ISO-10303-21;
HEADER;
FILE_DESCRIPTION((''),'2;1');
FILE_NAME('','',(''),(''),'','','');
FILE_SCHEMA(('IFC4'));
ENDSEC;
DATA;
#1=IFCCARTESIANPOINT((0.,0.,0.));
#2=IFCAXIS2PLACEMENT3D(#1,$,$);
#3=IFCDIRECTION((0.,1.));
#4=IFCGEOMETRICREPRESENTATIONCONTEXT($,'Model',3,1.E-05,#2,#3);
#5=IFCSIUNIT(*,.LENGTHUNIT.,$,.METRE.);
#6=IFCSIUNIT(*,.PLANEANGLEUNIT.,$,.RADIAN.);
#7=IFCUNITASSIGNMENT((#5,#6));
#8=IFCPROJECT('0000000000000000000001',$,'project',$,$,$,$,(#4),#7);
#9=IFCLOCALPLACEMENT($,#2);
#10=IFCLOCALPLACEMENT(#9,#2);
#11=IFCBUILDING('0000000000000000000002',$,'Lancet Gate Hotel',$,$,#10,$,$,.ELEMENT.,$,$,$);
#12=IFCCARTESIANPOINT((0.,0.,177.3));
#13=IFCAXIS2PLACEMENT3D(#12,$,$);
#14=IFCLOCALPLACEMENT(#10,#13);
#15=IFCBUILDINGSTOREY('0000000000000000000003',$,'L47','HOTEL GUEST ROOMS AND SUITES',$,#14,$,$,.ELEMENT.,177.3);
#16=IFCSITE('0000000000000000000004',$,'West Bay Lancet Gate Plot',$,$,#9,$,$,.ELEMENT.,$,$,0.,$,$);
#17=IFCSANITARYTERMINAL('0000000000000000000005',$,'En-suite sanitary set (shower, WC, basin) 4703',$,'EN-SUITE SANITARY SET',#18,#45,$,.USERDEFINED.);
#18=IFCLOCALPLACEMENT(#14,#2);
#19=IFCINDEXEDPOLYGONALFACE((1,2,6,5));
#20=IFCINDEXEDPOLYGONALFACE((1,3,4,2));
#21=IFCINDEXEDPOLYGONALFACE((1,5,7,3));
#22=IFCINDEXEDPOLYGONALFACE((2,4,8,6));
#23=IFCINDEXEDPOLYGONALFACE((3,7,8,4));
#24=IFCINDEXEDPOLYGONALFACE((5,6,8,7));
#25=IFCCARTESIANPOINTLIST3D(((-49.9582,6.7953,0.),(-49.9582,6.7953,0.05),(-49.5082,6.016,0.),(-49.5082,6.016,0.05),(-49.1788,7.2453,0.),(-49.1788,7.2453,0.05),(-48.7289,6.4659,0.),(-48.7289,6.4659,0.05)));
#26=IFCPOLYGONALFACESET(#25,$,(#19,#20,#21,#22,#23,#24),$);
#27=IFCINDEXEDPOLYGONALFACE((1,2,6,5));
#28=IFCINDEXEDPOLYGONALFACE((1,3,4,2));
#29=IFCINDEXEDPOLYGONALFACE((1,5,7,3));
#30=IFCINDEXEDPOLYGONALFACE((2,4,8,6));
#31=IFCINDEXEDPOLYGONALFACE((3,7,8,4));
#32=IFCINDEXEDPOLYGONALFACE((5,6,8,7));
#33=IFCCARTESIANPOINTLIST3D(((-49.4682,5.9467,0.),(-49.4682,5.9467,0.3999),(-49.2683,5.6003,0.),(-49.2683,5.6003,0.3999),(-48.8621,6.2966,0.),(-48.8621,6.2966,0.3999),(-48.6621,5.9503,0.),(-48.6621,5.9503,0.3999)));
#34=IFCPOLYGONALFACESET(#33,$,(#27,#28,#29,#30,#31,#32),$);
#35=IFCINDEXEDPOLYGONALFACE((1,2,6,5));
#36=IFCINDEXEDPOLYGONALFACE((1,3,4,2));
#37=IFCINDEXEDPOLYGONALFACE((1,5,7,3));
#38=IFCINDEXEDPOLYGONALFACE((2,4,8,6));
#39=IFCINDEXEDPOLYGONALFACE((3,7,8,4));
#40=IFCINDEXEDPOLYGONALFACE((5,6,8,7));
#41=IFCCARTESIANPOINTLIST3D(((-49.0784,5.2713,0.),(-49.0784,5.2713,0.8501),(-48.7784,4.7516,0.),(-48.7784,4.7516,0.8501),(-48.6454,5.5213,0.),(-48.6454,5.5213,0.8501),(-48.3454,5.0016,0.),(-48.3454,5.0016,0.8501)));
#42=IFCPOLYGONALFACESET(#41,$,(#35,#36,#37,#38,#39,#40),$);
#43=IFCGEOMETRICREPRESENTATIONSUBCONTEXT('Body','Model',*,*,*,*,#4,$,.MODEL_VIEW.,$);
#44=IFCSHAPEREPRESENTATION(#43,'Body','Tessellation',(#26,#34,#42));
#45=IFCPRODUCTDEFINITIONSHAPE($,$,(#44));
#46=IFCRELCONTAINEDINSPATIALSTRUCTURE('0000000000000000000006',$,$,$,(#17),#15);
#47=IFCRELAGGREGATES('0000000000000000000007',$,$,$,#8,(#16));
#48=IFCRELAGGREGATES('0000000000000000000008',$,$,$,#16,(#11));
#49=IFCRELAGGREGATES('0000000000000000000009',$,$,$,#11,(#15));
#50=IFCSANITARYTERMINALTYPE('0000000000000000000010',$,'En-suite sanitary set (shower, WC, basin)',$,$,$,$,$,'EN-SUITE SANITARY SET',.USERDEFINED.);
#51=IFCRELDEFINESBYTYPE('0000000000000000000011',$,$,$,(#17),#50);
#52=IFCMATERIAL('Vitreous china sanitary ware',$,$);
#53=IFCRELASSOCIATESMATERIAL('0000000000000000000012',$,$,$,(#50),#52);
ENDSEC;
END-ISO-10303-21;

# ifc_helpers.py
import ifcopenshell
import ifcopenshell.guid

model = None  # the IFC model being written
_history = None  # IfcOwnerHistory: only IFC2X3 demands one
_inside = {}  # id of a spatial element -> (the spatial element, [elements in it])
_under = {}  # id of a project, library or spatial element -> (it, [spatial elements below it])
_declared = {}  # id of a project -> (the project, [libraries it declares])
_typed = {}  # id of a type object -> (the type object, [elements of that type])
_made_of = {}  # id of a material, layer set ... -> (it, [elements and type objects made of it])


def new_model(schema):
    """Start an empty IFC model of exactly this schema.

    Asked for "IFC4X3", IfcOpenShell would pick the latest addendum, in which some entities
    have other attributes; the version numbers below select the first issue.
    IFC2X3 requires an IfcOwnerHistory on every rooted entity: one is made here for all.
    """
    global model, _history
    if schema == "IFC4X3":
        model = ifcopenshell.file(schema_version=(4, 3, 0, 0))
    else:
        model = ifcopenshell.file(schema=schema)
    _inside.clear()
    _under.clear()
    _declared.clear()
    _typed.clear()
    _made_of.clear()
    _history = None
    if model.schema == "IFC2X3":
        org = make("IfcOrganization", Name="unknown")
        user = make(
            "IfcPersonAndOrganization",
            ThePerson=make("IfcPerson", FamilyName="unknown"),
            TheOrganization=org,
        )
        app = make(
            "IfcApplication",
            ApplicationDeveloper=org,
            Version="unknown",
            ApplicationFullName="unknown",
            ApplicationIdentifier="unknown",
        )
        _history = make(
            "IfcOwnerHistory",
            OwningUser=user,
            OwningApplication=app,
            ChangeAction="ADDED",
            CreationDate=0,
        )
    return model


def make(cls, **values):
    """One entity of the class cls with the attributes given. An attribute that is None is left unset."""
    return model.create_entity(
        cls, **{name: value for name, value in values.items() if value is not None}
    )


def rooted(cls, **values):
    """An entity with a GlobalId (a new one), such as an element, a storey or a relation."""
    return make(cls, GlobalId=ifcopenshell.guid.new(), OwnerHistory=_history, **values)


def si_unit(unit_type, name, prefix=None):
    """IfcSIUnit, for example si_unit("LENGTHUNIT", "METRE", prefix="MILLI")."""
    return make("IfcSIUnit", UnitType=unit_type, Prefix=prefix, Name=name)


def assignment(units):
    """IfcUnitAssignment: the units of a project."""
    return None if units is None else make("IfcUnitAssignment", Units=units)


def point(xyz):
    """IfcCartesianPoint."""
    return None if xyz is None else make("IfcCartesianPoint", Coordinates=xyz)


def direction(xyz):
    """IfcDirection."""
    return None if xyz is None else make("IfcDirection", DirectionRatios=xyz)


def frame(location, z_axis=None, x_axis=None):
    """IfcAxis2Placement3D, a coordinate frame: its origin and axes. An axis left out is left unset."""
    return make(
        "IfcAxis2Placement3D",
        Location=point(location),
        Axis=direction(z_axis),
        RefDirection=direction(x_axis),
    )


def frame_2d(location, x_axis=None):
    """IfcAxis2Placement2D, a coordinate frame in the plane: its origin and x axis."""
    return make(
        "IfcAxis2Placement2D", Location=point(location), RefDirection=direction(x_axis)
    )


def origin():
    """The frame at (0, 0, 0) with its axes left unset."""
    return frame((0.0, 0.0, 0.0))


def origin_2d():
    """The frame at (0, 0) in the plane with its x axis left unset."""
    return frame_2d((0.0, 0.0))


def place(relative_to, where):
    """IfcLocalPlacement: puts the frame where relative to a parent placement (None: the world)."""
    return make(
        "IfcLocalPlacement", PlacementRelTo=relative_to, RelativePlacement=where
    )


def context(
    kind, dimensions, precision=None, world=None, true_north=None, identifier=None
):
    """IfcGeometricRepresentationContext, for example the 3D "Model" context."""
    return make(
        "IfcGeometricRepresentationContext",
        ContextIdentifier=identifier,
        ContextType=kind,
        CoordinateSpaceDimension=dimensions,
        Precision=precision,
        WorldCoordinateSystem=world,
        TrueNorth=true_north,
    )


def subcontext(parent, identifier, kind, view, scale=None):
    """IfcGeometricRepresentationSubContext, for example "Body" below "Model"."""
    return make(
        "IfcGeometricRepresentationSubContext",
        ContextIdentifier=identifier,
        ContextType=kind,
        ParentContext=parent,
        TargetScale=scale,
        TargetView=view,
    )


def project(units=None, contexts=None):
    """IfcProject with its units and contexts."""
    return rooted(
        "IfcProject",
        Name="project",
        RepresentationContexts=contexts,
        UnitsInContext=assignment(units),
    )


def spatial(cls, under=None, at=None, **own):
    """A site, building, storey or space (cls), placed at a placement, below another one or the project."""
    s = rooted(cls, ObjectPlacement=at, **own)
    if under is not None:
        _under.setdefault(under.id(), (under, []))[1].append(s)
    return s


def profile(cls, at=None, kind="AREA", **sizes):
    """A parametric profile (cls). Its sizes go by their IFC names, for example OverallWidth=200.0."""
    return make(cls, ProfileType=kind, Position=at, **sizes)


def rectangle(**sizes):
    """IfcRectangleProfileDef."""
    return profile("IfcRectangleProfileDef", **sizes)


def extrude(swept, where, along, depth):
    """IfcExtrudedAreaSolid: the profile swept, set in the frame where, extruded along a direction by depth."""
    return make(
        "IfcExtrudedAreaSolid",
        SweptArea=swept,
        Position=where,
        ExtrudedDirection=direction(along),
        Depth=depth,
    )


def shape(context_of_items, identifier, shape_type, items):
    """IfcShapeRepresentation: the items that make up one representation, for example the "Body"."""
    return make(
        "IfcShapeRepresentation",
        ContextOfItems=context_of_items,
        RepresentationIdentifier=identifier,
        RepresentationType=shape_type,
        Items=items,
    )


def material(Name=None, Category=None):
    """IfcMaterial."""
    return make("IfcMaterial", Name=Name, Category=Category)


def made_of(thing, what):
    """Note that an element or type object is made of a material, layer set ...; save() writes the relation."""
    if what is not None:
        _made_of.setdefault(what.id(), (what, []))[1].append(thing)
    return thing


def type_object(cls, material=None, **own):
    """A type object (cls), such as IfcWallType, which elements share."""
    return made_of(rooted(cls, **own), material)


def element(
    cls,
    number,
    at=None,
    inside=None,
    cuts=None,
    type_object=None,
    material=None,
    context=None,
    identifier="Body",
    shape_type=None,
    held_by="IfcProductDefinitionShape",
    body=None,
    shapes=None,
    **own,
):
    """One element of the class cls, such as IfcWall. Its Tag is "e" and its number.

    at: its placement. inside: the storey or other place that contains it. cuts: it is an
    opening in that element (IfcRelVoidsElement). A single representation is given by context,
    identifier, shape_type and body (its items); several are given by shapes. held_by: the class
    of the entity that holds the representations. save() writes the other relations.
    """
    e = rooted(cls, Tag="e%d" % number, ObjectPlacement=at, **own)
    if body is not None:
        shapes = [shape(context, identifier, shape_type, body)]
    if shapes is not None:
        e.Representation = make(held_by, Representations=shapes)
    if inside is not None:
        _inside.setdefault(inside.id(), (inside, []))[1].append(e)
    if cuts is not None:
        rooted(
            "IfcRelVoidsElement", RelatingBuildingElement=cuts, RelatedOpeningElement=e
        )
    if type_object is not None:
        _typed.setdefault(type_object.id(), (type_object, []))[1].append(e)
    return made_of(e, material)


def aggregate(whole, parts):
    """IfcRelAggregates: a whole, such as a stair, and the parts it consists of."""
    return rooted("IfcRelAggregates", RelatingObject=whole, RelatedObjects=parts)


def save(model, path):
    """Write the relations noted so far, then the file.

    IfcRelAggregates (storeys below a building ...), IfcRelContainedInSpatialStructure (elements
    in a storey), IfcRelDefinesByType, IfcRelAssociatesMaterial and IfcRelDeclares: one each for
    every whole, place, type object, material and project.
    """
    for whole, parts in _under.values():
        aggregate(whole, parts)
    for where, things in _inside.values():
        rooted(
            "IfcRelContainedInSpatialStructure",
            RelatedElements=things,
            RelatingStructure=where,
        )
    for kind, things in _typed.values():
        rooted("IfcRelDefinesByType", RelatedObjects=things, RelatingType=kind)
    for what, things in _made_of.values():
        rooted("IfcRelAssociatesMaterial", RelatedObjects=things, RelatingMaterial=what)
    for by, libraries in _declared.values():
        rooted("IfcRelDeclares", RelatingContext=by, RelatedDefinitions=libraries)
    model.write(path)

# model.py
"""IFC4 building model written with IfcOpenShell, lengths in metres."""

from ifc_helpers import new_model, si_unit, direction, frame, origin, origin_2d, place, context, subcontext, project, spatial, rectangle, extrude, material, type_object, element, save


model = new_model("IFC4")

# Units and contexts
model_context = context("Model", 3, precision=1e-05, world=origin(), true_north=direction((0.0, 1.0)))
body_context = subcontext(model_context, "Body", "Model", "MODEL_VIEW")
ifc_project = project(units=[si_unit("LENGTHUNIT", "METRE"), si_unit("PLANEANGLEUNIT", "RADIAN")], contexts=[model_context])

# Site, building, storey
site_placement = place(None, origin())
site = spatial("IfcSite", under=ifc_project, at=site_placement, Name="West Bay Lancet Gate Plot", CompositionType="ELEMENT", RefElevation=0.0)
building_placement = place(site_placement, origin())
building = spatial("IfcBuilding", under=site, at=building_placement, Name="Lancet Gate Hotel", CompositionType="ELEMENT")
storey_placement = place(building_placement, frame((0.0, 0.0, 177.3)))
storey = spatial("IfcBuildingStorey", under=building, at=storey_placement, Name="L47", Description="HOTEL GUEST ROOMS AND SUITES", CompositionType="ELEMENT", Elevation=177.3)

# Sanitary terminal
ifc_material_1 = material(Name="Vitreous china sanitary ware")
sanitary_terminal_type = type_object("IfcSanitaryTerminalType", Name="En-suite sanitary set (shower, WC, basin)", ElementType="EN-SUITE SANITARY SET", PredefinedType="USERDEFINED", material=ifc_material_1)
sanitary_terminal_1_placement = place(storey_placement, frame((-49.3435, 6.6306, 0.0), z_axis=(0.0, 0.0, 1.0), x_axis=(1.0, 0.0, 0.0)))
element("IfcSanitaryTerminal", 1, at=sanitary_terminal_1_placement, inside=storey, type_object=sanitary_terminal_type, Name="En-suite sanitary set (shower, WC, basin) 4703", ObjectType="EN-SUITE SANITARY SET", PredefinedType="USERDEFINED", context=body_context, shape_type="SweptSolid", body=[
    extrude(rectangle(XDim=0.8999, YDim=0.8999, at=origin_2d()), frame((0.0, 0.0, 0.0), z_axis=(0.0, 0.0, 1.0), x_axis=(-0.5, 0.866025, 0.0)), (0.0, 0.0, 1.0), 0.05),
    extrude(rectangle(XDim=0.3999, YDim=0.7, at=origin_2d()), frame((0.2783, -0.6821, 0.0), z_axis=(0.0, 0.0, 1.0), x_axis=(-0.5, 0.866025, 0.0)), (0.0, 0.0, 1.0), 0.3999),
    extrude(rectangle(XDim=0.6001, YDim=0.5, at=origin_2d()), frame((0.6316, -1.4941, 0.0), z_axis=(0.0, 0.0, 1.0), x_axis=(-0.5, 0.866025, 0.0)), (0.0, 0.0, 1.0), 0.8501),
])

save(model, "model.ifc")
